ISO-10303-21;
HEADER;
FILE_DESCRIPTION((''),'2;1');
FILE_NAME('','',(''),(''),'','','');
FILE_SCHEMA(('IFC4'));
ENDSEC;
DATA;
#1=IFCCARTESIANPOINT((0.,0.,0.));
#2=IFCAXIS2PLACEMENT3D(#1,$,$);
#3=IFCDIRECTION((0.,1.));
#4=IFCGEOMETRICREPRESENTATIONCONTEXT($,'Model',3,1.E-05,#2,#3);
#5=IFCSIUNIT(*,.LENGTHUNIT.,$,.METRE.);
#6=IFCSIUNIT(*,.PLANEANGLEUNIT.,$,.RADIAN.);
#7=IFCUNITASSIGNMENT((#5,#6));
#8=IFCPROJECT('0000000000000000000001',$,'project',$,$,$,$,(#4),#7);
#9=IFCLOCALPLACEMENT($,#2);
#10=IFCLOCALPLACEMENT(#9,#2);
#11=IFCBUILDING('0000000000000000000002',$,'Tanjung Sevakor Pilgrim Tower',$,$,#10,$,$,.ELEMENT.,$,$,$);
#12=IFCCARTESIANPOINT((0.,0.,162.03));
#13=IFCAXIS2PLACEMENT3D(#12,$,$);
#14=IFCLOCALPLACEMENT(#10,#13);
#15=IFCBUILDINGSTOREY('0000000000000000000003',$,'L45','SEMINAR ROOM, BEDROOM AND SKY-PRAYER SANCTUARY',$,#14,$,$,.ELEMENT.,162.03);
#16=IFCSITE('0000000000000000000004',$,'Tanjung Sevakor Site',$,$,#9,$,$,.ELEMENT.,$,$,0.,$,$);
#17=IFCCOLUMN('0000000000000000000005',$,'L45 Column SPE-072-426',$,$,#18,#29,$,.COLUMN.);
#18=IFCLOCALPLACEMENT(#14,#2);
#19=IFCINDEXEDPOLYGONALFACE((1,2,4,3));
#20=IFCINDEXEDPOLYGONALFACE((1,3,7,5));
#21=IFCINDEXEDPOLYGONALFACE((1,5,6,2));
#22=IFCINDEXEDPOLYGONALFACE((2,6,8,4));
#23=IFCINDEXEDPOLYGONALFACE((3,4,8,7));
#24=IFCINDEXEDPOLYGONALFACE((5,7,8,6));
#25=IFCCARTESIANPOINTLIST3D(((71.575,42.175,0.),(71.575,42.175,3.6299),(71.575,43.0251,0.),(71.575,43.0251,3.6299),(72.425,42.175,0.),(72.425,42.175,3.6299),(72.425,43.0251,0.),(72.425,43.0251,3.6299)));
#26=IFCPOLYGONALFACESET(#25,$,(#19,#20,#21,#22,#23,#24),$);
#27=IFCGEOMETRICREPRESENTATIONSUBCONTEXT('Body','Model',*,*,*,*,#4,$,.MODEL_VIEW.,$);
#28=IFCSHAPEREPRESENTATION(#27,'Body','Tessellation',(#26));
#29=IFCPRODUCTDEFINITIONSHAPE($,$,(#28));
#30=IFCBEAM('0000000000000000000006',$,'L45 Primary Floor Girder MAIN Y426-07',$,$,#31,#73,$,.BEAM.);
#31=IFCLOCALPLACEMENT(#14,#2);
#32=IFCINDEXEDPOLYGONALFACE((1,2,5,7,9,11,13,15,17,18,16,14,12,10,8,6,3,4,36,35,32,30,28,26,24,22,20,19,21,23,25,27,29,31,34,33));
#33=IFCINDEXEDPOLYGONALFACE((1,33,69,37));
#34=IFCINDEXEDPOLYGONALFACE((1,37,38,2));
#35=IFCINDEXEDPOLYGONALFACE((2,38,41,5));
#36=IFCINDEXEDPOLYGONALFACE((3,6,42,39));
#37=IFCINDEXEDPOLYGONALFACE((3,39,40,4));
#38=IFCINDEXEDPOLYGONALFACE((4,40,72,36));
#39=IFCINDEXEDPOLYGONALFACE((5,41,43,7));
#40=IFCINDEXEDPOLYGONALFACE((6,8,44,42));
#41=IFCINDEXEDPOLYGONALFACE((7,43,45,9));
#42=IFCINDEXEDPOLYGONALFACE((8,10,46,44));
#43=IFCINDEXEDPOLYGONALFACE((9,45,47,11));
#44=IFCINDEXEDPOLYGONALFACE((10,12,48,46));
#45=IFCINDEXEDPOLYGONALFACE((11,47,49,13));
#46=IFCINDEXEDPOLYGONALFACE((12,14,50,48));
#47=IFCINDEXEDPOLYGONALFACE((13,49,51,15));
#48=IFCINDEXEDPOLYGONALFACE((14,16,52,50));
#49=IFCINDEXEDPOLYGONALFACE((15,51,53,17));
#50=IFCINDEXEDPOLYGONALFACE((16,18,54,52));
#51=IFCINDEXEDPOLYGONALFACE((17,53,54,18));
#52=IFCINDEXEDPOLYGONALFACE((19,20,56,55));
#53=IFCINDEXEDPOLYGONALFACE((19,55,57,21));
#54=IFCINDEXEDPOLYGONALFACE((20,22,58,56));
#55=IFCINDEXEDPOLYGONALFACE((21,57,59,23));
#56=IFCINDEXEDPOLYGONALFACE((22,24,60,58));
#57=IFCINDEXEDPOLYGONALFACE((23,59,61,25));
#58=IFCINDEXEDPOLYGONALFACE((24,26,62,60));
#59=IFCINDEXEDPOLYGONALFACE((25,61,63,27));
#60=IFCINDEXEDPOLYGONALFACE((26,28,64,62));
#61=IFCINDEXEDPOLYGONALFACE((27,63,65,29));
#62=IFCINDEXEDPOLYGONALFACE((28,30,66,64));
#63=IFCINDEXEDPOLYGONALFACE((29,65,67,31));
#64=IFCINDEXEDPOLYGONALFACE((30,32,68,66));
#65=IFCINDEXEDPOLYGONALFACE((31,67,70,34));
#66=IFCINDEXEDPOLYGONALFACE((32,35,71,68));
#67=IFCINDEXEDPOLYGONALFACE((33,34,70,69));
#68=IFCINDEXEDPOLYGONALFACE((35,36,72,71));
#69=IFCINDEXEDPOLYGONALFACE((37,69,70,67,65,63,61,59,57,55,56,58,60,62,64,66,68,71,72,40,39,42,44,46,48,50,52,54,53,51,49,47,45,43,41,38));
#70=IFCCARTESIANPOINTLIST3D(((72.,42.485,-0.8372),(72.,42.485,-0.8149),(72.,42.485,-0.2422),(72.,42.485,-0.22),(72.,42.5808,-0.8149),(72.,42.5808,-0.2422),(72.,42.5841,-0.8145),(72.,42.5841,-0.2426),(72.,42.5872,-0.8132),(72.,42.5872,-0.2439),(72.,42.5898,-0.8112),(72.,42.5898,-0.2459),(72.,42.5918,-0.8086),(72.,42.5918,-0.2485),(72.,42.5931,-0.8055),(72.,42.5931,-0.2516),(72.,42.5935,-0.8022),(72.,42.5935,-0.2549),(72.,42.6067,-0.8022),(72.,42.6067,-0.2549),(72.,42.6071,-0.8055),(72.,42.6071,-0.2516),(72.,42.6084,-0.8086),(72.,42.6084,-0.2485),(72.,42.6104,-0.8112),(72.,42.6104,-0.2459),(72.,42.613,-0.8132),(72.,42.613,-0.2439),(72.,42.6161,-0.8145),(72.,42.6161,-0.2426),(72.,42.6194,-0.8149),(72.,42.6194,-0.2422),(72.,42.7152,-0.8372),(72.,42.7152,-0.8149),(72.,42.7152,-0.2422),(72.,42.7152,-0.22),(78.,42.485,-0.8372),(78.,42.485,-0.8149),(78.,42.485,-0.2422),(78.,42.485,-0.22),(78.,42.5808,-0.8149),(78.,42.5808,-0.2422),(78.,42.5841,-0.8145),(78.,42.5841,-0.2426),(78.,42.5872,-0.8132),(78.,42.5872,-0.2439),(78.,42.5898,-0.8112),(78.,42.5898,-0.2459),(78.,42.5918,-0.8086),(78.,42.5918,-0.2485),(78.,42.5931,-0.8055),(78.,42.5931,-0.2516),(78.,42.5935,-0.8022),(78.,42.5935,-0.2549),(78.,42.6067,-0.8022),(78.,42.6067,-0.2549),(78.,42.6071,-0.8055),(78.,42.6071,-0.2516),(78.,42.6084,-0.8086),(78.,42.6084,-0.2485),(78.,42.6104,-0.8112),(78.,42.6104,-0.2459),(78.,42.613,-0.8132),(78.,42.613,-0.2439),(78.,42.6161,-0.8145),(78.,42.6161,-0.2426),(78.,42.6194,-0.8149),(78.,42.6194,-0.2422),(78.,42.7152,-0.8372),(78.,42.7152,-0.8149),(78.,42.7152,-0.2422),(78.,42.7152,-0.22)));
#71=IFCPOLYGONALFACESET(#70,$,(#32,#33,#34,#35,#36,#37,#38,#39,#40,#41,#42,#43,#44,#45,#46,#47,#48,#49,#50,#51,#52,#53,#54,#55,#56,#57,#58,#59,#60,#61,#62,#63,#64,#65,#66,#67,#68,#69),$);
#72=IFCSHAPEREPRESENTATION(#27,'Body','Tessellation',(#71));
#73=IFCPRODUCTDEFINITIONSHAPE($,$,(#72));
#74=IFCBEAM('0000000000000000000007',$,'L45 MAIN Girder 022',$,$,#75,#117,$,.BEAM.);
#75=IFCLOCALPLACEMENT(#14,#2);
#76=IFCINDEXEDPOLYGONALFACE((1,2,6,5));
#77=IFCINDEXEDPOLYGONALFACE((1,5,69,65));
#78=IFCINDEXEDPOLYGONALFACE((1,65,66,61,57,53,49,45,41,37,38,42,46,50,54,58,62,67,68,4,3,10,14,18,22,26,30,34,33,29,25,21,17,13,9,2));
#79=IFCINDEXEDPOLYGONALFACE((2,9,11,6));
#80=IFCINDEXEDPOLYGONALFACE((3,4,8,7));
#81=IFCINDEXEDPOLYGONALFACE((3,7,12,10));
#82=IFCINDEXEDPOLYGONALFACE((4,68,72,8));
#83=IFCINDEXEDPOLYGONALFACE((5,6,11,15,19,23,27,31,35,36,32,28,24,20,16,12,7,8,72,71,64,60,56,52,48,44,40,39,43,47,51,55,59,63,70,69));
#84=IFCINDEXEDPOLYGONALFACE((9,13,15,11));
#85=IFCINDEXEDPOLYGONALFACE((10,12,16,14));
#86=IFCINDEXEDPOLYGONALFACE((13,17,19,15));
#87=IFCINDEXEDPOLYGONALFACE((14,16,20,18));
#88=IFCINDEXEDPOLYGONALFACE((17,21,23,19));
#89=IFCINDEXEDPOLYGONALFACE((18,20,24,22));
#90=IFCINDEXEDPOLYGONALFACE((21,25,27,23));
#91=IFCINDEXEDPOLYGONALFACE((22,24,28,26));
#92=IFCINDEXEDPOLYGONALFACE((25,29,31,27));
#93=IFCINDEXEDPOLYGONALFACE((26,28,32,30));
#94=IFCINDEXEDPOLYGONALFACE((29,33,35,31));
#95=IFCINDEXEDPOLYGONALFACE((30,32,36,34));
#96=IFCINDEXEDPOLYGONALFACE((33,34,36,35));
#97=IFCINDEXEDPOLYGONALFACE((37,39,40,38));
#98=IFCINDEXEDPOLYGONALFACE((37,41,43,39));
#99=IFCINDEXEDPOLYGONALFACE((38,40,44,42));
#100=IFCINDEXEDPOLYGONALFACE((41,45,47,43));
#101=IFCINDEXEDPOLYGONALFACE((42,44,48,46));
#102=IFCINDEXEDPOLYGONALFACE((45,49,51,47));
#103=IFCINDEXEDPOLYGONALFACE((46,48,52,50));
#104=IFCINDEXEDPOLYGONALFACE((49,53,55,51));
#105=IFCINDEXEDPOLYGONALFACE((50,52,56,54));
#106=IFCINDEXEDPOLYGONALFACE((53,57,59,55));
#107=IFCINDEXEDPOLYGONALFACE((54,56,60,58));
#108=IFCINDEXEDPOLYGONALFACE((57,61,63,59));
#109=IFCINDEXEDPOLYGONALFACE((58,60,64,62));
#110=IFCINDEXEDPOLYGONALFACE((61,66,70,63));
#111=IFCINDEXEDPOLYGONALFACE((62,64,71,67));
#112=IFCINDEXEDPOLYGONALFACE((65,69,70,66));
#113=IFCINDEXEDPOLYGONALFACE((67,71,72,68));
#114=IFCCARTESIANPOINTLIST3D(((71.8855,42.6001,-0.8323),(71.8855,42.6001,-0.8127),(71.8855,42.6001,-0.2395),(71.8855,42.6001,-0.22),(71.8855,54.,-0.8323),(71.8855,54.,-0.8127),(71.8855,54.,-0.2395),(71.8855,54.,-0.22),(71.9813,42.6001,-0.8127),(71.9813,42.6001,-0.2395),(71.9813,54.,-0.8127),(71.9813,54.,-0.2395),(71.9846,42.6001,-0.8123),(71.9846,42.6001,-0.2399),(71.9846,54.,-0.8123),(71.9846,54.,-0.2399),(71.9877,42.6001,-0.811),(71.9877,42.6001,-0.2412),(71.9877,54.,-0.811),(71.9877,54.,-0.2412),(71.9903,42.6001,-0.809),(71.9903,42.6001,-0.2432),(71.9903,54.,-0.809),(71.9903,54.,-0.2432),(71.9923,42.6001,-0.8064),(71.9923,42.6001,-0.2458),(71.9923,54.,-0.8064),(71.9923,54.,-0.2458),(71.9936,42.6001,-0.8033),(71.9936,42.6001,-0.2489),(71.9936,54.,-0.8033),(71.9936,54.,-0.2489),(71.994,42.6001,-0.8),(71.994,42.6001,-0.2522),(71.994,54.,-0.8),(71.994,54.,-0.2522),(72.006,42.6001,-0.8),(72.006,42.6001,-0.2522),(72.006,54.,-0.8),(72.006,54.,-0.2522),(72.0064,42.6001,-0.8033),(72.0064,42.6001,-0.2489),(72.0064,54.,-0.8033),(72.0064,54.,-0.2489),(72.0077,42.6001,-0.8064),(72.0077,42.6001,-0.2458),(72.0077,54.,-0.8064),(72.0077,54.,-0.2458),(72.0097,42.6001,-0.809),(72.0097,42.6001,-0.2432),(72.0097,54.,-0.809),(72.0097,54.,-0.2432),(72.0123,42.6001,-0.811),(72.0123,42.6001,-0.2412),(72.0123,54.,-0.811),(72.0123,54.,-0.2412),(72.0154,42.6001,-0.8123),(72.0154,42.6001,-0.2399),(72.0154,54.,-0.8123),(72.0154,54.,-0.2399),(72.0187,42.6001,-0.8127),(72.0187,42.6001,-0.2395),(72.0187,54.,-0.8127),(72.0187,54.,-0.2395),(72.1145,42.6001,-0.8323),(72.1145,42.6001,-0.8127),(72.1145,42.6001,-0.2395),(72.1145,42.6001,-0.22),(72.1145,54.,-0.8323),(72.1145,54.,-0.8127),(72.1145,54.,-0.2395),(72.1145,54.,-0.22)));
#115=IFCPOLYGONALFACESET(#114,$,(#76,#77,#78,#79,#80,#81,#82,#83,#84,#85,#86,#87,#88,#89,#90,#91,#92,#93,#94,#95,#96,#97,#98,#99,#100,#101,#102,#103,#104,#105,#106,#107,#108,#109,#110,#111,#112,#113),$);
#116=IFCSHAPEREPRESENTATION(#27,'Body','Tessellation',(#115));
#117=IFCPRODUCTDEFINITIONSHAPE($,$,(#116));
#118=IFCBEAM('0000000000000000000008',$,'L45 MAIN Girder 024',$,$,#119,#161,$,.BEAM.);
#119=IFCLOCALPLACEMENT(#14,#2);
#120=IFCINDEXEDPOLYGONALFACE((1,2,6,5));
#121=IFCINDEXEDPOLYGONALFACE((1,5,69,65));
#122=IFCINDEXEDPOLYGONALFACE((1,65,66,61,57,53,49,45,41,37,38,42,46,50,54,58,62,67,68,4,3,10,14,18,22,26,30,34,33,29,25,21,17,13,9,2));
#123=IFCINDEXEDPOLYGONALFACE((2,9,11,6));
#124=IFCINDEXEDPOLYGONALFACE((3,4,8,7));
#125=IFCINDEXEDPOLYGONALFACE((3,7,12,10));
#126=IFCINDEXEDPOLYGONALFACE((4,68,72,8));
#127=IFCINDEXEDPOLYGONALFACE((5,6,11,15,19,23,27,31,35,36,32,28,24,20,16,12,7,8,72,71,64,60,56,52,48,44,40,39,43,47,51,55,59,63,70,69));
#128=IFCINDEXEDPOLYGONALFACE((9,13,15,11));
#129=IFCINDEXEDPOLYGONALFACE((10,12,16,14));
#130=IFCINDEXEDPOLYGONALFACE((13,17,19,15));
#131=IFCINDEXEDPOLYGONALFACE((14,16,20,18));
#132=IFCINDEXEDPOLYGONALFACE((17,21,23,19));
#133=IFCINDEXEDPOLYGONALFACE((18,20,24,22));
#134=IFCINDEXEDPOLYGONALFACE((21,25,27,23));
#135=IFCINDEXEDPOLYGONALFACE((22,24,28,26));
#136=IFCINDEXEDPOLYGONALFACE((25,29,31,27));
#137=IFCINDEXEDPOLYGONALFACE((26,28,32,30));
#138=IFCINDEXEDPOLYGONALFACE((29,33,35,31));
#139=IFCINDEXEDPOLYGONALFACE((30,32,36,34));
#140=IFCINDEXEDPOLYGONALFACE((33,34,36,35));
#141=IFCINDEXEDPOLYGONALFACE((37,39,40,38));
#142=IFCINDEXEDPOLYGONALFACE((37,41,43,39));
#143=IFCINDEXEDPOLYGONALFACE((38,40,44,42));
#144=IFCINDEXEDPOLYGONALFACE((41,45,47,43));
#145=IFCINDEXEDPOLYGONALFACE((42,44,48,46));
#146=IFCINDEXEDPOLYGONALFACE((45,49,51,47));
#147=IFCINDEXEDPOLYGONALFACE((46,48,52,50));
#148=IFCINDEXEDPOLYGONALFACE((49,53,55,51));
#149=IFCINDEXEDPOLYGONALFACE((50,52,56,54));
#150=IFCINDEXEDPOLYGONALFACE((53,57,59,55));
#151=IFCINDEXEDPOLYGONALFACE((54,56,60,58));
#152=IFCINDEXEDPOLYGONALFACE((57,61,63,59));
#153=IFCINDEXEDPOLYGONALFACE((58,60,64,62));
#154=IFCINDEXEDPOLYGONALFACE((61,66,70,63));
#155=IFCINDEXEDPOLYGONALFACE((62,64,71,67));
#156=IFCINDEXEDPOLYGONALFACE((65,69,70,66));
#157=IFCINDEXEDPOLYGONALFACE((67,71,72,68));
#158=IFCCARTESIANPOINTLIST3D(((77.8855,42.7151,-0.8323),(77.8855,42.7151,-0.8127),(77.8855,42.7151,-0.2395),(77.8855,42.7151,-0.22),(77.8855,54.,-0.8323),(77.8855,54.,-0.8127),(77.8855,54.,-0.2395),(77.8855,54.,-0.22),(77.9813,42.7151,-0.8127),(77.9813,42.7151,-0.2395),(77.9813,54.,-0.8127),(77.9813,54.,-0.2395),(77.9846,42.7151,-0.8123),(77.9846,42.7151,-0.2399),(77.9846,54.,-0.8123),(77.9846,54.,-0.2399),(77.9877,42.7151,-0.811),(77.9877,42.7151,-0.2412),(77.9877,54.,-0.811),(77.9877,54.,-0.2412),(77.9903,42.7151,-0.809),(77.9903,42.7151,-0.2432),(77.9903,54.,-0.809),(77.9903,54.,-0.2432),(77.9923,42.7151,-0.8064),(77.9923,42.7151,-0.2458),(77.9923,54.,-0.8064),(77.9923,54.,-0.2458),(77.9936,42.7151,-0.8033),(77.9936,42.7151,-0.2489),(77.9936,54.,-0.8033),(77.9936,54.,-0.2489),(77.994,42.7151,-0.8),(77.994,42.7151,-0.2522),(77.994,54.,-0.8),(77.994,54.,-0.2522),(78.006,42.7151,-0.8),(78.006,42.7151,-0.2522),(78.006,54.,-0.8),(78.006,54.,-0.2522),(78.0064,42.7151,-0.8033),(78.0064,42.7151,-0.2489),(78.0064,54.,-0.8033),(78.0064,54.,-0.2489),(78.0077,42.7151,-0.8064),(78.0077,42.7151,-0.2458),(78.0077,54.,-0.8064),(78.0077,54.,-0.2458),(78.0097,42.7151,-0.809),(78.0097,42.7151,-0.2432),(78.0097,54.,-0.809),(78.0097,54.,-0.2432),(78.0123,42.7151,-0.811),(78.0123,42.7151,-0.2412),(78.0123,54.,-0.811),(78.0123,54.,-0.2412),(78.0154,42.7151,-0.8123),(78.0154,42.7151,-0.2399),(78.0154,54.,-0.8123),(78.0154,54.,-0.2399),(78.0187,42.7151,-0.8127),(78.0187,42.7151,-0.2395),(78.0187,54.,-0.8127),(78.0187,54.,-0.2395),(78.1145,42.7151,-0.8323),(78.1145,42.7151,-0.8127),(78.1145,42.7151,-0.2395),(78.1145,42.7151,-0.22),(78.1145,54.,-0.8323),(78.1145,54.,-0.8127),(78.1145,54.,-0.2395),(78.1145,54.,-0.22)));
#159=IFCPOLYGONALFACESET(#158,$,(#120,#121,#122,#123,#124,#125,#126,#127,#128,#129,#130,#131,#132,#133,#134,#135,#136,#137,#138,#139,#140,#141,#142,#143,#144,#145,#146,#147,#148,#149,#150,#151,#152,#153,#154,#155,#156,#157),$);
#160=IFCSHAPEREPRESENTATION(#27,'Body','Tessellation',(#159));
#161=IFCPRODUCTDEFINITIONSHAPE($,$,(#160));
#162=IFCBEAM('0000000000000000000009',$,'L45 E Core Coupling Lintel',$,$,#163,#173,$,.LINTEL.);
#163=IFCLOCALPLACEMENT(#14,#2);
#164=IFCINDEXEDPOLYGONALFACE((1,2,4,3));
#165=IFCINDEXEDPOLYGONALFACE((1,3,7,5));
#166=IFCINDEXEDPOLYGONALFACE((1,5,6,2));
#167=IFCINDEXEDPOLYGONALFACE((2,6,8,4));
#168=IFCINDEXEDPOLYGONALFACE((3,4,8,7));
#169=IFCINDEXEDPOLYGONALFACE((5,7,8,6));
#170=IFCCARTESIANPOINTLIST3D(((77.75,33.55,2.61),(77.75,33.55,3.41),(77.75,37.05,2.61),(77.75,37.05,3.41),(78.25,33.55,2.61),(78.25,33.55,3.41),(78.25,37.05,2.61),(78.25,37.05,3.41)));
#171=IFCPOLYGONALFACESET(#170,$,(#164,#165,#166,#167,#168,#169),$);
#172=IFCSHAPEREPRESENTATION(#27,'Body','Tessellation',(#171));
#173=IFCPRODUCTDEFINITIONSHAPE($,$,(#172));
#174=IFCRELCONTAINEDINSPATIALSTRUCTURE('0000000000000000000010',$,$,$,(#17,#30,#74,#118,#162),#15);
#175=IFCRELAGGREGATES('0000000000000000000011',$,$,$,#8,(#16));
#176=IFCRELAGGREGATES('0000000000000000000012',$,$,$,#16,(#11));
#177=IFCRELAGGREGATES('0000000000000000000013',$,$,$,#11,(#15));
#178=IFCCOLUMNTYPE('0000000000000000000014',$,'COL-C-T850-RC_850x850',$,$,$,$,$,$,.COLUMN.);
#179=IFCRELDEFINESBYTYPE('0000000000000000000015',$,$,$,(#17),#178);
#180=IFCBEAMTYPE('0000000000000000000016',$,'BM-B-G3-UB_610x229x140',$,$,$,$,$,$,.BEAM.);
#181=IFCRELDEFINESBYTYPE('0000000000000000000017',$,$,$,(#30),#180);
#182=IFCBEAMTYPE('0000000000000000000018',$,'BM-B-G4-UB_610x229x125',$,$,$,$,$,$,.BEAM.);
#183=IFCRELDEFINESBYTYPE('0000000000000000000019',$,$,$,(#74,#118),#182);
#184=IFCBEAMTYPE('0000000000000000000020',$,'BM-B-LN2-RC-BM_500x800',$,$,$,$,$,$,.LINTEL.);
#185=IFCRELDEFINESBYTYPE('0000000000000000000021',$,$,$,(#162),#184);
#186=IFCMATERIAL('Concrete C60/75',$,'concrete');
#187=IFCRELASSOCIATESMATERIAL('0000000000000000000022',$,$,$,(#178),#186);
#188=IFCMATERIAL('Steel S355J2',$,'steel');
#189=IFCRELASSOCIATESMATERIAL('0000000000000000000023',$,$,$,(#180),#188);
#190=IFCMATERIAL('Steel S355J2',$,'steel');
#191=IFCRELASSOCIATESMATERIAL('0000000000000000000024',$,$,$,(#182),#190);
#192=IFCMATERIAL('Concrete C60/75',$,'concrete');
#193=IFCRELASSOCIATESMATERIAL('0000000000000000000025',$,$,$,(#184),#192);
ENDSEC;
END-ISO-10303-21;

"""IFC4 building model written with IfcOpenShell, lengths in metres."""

from ifc_helpers import new_model, si_unit, direction, frame, origin, origin_2d, place, context, subcontext, project, spatial, rectangle, i_section, extrude, material, material_profile, profile_set, type_object, element, save


model = new_model("IFC4")

# Units and contexts
model_context = context("Model", 3, precision=1e-05, world=origin(), true_north=direction((0.0, 1.0)))
body_context = subcontext(model_context, "Body", "Model", "MODEL_VIEW")
ifc_project = project(units=[si_unit("LENGTHUNIT", "METRE"), si_unit("PLANEANGLEUNIT", "RADIAN")], contexts=[model_context])

# Site, building, storey
site_placement = place(None, origin())
site = spatial("IfcSite", under=ifc_project, at=site_placement, Name="Tanjung Sevakor Site", CompositionType="ELEMENT", RefElevation=0.0)
building_placement = place(site_placement, origin())
building = spatial("IfcBuilding", under=site, at=building_placement, Name="Tanjung Sevakor Pilgrim Tower", CompositionType="ELEMENT")
storey_placement = place(building_placement, frame((0.0, 0.0, 162.03)))
storey = spatial("IfcBuildingStorey", under=building, at=storey_placement, Name="L45", Description="SEMINAR ROOM, BEDROOM AND SKY-PRAYER SANCTUARY", CompositionType="ELEMENT", Elevation=162.03)

# Column
ifc_material_1 = material(Name="Concrete C60/75", Category="concrete")
ifc_material_profile_1 = material_profile(ifc_material_1, rectangle(XDim=0.8501, YDim=0.8501, at=origin_2d()))
ifc_profile_set_1 = profile_set([ifc_material_profile_1], Name="Concrete C60/75")
column_type = type_object("IfcColumnType", Name="COL-C-T850-RC_850x850", PredefinedType="COLUMN", material=ifc_profile_set_1)
column_placement = place(storey_placement, frame((72.0, 42.6001, 0.0), z_axis=(0.0, 0.0, 1.0), x_axis=(1.0, 0.0, 0.0)))
element("IfcColumn", 1, at=column_placement, inside=storey, type_object=column_type, Name="L45 Column SPE-072-426", PredefinedType="COLUMN", context=body_context, shape_type="SweptSolid", body=[
    extrude(rectangle(XDim=0.8501, YDim=0.8501, at=origin_2d()), origin(), (0.0, 0.0, 1.0), 3.6299),
])

# Beams
ifc_material_2 = material(Name="Steel S355J2", Category="steel")
ifc_material_profile_2 = material_profile(ifc_material_2, i_section(OverallWidth=0.2302, OverallDepth=0.6172, WebThickness=0.0132, FlangeThickness=0.0222, FilletRadius=0.0127, at=origin_2d()))
ifc_profile_set_2 = profile_set([ifc_material_profile_2], Name="Steel S355J2")
beam_type_1 = type_object("IfcBeamType", Name="BM-B-G3-UB_610x229x140", PredefinedType="BEAM", material=ifc_profile_set_2)
beam_1_placement = place(storey_placement, frame((72.0, 42.6001, -0.5286), z_axis=(1.0, 0.0, 0.0), x_axis=(0.0, 1.0, 0.0)))
element("IfcBeam", 2, at=beam_1_placement, inside=storey, type_object=beam_type_1, Name="L45 Primary Floor Girder MAIN Y426-07", PredefinedType="BEAM", context=body_context, shape_type="SweptSolid", body=[
    extrude(i_section(OverallWidth=0.2302, OverallDepth=0.6172, WebThickness=0.0132, FlangeThickness=0.0222, FilletRadius=0.0127, at=origin_2d()), origin(), (0.0, 0.0, 1.0), 6.0),
])
ifc_material_3 = material(Name="Steel S355J2", Category="steel")
ifc_material_profile_3 = material_profile(ifc_material_3, i_section(OverallWidth=0.229, OverallDepth=0.6123, WebThickness=0.012, FlangeThickness=0.0195, FilletRadius=0.0127, at=origin_2d()))
ifc_profile_set_3 = profile_set([ifc_material_profile_3], Name="Steel S355J2")
beam_type_2 = type_object("IfcBeamType", Name="BM-B-G4-UB_610x229x125", PredefinedType="BEAM", material=ifc_profile_set_3)
beam_2_placement = place(storey_placement, frame((72.0, 42.6001, -0.5261), z_axis=(0.0, 1.0, 0.0), x_axis=(-1.0, 0.0, 0.0)))
element("IfcBeam", 3, at=beam_2_placement, inside=storey, type_object=beam_type_2, Name="L45 MAIN Girder 022", PredefinedType="BEAM", context=body_context, shape_type="SweptSolid", body=[
    extrude(i_section(OverallWidth=0.229, OverallDepth=0.6123, WebThickness=0.012, FlangeThickness=0.0195, FilletRadius=0.0127, at=origin_2d()), origin(), (0.0, 0.0, 1.0), 11.3999),
])
beam_3_placement = place(storey_placement, frame((78.0, 42.7151, -0.5261), z_axis=(0.0, 1.0, 0.0), x_axis=(-1.0, 0.0, 0.0)))
element("IfcBeam", 4, at=beam_3_placement, inside=storey, type_object=beam_type_2, Name="L45 MAIN Girder 024", PredefinedType="BEAM", context=body_context, shape_type="SweptSolid", body=[
    extrude(i_section(OverallWidth=0.229, OverallDepth=0.6123, WebThickness=0.012, FlangeThickness=0.0195, FilletRadius=0.0127, at=origin_2d()), origin(), (0.0, 0.0, 1.0), 11.2849),
])
ifc_material_4 = material(Name="Concrete C60/75", Category="concrete")
ifc_material_profile_4 = material_profile(ifc_material_4, rectangle(XDim=0.5, YDim=0.8, at=origin_2d()))
ifc_profile_set_4 = profile_set([ifc_material_profile_4], Name="Concrete C60/75")
beam_type_3 = type_object("IfcBeamType", Name="BM-B-LN2-RC-BM_500x800", PredefinedType="LINTEL", material=ifc_profile_set_4)
beam_4_placement = place(storey_placement, frame((78.0, 33.55, 3.01), z_axis=(0.0, 1.0, 0.0), x_axis=(-1.0, 0.0, 0.0)))
element("IfcBeam", 5, at=beam_4_placement, inside=storey, type_object=beam_type_3, Name="L45 E Core Coupling Lintel", PredefinedType="LINTEL", context=body_context, shape_type="SweptSolid", body=[
    extrude(rectangle(XDim=0.5, YDim=0.8, at=origin_2d()), origin(), (0.0, 0.0, 1.0), 3.5),
])

save(model, "model.ifc")
